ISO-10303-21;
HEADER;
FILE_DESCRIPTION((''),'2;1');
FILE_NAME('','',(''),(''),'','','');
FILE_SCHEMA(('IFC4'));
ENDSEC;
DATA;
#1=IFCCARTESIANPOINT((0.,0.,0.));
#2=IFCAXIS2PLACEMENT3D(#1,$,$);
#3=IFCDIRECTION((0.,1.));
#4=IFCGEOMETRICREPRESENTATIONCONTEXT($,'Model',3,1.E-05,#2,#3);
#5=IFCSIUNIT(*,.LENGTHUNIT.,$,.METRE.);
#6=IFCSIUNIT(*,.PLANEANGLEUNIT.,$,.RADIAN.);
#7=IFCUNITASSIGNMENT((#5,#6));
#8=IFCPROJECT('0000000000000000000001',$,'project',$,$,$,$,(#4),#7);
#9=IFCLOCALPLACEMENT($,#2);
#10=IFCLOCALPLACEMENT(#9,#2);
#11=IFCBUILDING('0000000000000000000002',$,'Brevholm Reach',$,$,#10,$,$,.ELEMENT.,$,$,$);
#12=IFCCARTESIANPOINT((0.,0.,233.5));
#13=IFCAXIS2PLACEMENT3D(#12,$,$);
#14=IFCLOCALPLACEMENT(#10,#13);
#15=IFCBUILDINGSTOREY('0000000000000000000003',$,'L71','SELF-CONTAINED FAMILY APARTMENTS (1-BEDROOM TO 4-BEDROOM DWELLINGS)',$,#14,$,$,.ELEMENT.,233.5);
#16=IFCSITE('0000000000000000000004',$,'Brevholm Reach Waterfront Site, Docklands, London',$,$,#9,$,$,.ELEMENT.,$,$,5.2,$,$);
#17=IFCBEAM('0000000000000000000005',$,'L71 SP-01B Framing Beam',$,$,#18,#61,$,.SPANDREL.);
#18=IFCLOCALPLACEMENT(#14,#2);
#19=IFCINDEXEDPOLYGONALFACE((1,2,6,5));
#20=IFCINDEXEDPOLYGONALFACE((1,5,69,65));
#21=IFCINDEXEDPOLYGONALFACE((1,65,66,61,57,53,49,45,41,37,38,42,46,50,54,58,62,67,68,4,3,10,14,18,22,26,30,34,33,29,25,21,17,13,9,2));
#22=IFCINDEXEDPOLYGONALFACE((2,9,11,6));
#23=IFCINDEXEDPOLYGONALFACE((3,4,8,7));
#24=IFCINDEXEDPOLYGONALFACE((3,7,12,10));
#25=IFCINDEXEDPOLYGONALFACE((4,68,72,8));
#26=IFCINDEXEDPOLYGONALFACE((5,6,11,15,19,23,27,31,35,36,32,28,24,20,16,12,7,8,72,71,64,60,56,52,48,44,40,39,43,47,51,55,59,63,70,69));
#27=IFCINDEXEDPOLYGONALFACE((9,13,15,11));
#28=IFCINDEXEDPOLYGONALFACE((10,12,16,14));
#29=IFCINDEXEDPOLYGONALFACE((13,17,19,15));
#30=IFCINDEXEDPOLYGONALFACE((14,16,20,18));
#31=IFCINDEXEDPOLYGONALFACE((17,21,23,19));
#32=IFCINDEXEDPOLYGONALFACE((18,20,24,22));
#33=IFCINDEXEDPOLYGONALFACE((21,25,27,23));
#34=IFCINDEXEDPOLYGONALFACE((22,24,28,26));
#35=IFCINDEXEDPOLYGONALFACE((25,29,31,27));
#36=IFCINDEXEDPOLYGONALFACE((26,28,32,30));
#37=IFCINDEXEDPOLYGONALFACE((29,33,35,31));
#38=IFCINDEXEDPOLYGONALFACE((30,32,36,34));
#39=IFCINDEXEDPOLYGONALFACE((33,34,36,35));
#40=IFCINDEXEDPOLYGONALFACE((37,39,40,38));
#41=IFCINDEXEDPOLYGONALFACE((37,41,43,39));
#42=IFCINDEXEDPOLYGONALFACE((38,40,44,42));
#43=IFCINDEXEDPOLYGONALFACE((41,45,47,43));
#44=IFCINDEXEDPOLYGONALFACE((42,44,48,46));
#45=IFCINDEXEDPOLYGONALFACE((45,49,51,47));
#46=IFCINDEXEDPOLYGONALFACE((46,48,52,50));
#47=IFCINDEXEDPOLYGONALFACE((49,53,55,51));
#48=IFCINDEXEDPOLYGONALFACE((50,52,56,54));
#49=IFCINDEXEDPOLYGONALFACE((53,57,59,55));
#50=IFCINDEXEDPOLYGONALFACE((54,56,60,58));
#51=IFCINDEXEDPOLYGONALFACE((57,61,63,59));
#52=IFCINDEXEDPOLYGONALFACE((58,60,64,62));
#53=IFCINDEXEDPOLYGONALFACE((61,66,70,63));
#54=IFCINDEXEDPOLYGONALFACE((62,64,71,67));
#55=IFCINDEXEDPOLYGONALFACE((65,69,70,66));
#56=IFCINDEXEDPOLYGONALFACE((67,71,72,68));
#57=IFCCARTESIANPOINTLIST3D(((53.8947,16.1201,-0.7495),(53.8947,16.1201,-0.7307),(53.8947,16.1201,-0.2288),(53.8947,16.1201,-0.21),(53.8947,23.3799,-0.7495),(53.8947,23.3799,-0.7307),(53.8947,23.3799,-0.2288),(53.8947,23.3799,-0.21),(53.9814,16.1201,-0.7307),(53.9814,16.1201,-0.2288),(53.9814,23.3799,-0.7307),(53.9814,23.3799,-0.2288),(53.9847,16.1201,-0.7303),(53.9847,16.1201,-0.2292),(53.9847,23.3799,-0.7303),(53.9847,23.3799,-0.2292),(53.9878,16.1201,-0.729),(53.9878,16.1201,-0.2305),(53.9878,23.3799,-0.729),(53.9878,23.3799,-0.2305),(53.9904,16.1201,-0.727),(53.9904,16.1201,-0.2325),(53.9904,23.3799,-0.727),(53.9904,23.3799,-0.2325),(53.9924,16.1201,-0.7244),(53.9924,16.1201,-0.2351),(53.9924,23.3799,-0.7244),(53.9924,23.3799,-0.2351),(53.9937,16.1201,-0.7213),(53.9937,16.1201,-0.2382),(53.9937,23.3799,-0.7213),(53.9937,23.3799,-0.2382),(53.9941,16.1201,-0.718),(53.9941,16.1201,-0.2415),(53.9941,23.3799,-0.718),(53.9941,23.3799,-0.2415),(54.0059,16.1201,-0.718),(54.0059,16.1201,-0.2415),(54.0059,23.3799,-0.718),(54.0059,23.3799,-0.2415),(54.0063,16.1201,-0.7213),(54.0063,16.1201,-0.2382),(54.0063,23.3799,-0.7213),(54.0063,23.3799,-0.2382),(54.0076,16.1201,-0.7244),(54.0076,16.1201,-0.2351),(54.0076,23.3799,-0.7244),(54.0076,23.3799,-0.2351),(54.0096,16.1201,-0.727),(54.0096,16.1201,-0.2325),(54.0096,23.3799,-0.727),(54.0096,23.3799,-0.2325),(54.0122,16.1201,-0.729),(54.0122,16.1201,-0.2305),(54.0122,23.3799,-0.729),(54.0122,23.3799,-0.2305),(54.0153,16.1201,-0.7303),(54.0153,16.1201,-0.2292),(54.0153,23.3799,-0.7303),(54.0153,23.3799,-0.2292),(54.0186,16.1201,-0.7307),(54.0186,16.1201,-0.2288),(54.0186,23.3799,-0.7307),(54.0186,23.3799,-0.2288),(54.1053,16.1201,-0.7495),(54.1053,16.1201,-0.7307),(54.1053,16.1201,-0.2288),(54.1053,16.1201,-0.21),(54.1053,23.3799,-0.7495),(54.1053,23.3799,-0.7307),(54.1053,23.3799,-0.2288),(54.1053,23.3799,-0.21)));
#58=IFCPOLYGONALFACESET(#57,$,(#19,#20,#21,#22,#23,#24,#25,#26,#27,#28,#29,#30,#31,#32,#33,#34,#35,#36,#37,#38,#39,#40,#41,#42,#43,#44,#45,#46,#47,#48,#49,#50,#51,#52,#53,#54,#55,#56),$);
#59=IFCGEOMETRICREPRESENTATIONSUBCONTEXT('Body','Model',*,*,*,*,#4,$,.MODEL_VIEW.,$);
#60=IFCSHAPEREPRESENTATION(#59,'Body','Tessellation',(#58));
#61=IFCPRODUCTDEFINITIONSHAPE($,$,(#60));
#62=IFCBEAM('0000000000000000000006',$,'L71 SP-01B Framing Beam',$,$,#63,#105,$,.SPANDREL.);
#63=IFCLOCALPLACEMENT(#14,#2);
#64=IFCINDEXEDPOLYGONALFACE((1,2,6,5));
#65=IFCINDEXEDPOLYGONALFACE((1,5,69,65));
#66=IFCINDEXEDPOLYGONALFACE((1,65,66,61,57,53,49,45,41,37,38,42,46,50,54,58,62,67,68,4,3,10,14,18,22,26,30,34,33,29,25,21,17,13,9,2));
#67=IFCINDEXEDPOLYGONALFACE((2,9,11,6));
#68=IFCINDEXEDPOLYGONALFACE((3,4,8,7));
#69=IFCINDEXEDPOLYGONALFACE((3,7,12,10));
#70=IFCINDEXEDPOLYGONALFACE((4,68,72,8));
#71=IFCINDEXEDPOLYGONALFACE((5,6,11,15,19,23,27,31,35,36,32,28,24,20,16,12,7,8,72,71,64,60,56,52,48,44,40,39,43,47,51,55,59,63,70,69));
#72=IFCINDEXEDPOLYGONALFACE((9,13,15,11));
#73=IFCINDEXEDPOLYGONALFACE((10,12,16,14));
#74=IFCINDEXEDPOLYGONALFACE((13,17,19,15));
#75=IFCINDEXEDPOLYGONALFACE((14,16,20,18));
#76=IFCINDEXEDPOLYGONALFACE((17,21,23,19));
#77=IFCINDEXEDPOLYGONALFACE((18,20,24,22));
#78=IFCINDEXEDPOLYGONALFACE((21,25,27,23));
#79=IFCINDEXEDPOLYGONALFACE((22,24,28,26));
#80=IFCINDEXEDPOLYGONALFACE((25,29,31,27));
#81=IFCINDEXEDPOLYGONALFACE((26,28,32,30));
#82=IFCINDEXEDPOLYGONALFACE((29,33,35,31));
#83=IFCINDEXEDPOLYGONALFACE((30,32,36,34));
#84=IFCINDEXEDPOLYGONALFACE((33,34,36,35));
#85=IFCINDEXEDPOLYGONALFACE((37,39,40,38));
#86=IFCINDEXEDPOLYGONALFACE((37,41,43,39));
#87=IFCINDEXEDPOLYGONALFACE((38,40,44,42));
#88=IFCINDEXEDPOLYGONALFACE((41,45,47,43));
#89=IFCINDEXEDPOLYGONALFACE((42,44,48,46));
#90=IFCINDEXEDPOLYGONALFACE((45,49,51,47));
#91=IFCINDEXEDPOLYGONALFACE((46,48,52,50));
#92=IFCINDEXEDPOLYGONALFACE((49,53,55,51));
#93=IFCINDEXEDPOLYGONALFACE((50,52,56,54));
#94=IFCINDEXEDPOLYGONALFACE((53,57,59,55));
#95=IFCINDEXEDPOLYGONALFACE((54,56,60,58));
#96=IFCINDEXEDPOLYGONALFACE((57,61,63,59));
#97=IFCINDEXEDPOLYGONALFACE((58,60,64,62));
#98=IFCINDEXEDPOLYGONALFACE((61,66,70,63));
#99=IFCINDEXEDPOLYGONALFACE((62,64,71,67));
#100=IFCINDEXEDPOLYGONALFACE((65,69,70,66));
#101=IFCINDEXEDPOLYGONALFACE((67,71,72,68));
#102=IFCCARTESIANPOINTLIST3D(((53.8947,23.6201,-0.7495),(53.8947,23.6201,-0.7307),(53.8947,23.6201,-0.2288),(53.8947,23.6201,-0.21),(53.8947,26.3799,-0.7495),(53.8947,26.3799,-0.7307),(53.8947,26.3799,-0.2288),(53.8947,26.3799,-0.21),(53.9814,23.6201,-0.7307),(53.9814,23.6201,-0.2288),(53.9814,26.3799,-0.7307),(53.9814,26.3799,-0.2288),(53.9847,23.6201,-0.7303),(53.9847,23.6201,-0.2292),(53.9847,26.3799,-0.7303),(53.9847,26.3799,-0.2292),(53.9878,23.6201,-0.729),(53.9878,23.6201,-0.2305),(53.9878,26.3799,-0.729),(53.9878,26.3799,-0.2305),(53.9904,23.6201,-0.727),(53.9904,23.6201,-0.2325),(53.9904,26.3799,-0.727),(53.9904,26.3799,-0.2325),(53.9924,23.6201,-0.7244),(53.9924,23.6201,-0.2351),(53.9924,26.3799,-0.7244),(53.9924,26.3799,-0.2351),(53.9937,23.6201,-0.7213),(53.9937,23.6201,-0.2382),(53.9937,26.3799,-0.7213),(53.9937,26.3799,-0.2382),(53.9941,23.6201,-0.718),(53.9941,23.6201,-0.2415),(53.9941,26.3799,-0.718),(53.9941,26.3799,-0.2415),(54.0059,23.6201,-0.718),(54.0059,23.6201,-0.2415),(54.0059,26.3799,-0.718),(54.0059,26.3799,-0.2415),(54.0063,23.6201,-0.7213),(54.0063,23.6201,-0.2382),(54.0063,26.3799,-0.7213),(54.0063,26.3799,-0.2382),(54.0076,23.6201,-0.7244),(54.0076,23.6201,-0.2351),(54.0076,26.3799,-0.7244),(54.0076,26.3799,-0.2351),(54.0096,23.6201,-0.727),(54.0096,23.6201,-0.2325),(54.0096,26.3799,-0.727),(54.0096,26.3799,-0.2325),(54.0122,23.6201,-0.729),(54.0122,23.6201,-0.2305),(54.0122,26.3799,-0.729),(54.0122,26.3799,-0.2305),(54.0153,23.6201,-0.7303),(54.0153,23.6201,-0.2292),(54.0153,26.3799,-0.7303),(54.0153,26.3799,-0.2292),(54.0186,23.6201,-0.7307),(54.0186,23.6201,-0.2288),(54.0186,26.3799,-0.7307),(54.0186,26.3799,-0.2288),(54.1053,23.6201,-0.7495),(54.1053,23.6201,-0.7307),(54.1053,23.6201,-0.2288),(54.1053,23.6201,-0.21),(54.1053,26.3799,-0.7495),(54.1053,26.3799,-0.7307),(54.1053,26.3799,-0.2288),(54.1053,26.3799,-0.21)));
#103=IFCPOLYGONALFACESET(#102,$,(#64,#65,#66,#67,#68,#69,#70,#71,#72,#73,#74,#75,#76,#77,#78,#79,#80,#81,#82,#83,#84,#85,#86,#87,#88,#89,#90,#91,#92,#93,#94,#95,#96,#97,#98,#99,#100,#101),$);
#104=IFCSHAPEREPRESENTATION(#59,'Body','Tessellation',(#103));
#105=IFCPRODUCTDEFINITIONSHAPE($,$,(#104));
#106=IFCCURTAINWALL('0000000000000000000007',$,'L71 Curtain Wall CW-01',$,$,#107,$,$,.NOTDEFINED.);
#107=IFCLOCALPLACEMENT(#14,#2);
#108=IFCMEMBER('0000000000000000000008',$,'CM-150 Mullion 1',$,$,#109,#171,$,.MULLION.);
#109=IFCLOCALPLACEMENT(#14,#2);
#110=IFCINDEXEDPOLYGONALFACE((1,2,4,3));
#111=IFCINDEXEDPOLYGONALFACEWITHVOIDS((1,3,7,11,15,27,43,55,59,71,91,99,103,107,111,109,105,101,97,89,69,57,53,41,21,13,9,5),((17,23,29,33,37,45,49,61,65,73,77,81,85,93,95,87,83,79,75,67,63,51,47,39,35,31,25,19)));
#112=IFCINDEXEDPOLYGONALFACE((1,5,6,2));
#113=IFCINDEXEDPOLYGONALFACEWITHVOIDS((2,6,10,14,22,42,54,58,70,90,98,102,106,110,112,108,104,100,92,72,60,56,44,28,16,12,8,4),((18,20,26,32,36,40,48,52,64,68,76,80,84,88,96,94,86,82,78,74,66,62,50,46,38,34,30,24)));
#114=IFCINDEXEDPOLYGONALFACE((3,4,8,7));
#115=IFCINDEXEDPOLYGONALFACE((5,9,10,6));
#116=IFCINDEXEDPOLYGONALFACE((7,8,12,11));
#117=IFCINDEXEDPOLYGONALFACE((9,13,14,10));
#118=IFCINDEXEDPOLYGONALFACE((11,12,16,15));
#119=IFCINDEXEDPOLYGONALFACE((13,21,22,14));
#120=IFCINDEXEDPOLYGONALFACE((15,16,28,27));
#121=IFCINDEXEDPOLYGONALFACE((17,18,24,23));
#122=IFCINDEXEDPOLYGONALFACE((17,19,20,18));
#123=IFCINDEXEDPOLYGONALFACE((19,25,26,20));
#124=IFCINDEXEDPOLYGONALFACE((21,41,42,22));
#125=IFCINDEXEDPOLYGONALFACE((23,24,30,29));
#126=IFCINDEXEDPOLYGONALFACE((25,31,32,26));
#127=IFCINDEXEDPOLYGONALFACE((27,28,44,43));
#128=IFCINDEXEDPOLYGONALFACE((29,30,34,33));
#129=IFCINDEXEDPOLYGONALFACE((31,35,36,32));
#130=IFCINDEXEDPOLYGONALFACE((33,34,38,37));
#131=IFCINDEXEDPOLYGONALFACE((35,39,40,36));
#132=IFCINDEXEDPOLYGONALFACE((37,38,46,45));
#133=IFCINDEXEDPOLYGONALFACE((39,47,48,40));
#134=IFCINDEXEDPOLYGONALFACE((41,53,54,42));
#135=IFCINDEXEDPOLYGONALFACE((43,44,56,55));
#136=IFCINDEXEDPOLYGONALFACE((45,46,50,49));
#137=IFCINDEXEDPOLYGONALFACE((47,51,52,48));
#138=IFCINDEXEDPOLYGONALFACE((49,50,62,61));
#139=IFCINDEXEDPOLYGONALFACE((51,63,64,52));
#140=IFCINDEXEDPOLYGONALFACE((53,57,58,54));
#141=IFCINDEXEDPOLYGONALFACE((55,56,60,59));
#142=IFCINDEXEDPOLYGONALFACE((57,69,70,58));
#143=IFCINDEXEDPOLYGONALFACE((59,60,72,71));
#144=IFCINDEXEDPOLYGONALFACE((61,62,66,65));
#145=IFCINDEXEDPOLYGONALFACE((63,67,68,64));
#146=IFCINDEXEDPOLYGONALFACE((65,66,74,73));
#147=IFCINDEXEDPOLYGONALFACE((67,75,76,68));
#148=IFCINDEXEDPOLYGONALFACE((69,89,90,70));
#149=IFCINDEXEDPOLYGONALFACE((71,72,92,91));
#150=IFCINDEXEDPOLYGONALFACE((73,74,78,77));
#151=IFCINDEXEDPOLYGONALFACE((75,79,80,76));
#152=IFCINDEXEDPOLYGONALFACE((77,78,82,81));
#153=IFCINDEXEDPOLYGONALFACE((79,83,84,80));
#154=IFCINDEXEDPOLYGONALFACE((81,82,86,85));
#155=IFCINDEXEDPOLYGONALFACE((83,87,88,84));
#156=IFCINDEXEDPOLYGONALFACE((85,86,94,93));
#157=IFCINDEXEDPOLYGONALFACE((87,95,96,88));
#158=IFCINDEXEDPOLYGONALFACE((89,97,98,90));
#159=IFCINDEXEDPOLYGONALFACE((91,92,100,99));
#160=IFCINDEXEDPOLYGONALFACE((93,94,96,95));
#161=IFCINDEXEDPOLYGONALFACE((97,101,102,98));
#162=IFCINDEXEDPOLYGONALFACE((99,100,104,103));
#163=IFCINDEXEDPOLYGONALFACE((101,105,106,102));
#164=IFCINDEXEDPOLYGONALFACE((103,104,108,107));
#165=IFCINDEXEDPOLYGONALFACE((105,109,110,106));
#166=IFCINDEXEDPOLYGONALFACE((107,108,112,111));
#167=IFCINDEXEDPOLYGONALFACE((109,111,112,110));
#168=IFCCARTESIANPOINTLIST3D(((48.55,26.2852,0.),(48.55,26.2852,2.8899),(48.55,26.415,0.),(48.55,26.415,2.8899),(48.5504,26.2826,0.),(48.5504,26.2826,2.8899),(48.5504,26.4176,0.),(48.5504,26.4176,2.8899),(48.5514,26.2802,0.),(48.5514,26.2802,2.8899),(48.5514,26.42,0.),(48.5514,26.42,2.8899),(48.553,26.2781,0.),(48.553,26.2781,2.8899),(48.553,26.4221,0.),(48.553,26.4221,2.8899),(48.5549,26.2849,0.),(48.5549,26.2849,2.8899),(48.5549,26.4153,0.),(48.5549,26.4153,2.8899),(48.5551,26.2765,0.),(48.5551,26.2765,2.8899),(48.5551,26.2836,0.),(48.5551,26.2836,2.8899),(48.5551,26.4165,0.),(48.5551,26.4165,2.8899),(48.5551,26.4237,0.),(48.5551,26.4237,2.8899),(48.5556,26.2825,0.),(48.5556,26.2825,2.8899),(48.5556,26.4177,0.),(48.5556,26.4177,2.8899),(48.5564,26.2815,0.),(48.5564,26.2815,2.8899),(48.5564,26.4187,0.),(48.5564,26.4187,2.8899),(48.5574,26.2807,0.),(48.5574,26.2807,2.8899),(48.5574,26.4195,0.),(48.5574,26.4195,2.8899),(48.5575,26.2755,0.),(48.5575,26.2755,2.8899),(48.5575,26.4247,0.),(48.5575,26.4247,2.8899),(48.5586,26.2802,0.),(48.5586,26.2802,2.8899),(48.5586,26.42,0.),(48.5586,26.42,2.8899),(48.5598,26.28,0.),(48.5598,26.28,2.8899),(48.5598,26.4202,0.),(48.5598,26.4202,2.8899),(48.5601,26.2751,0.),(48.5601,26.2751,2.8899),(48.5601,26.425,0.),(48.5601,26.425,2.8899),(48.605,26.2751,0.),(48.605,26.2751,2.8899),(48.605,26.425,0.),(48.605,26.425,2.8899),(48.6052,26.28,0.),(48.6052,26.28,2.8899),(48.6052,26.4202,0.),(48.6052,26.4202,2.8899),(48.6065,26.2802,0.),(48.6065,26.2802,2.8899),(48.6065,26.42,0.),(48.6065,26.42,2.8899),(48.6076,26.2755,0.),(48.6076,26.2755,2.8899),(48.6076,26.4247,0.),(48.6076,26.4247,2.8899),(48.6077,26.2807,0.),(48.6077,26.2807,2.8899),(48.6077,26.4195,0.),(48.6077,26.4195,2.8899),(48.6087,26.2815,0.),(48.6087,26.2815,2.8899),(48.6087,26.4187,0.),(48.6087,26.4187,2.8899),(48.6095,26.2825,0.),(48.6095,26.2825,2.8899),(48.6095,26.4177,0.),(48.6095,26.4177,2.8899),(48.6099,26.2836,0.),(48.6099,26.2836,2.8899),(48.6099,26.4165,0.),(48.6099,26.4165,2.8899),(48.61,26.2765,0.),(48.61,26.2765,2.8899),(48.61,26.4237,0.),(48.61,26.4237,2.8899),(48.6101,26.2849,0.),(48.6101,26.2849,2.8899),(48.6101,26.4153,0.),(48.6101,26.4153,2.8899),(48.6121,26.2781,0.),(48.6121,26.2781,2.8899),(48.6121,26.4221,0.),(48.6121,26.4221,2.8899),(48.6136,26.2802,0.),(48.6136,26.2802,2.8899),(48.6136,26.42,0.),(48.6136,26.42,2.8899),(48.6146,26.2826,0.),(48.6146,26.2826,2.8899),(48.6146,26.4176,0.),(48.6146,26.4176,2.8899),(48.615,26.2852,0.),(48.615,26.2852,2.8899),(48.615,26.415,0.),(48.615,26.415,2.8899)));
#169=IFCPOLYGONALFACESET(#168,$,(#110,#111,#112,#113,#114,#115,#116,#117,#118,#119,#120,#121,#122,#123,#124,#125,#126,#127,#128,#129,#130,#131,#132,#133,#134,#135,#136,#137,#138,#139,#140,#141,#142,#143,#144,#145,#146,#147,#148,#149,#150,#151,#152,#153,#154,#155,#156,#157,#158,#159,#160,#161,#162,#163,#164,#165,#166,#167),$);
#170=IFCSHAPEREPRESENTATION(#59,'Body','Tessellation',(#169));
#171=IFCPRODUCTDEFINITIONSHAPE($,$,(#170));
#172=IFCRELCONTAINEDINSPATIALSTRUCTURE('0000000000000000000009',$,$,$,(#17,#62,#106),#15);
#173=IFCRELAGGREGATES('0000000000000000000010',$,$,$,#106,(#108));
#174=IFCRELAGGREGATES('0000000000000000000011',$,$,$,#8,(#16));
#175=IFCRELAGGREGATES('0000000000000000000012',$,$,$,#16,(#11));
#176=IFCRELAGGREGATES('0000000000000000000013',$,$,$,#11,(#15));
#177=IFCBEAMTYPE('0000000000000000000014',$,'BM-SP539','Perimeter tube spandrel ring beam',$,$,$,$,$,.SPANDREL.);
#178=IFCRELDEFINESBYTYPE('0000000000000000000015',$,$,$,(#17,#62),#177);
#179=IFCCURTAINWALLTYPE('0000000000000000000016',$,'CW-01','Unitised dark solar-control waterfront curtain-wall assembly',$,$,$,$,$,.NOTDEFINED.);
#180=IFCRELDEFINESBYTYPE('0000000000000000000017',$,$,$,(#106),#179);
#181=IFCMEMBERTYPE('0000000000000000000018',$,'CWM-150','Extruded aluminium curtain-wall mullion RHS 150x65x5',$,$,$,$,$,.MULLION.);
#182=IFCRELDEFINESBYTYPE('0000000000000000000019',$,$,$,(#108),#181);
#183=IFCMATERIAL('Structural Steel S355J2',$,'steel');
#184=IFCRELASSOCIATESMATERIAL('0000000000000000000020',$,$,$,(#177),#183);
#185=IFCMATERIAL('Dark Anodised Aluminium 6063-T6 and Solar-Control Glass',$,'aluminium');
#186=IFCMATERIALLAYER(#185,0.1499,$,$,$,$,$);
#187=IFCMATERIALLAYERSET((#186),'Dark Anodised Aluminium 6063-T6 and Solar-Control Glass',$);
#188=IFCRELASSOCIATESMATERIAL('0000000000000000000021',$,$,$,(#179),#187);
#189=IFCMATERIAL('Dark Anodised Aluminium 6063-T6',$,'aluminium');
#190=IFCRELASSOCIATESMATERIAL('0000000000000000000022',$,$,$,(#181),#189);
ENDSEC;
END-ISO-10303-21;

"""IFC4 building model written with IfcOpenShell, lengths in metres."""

from ifc_helpers import new_model, si_unit, direction, frame, origin, origin_2d, place, context, subcontext, project, spatial, hollow_rectangle, i_section, extrude, material, layer, layer_set, material_profile, profile_set, type_object, element, aggregate, save


model = new_model("IFC4")

# Units and contexts
model_context = context("Model", 3, precision=1e-05, world=origin(), true_north=direction((0.0, 1.0)))
body_context = subcontext(model_context, "Body", "Model", "MODEL_VIEW")
ifc_project = project(units=[si_unit("LENGTHUNIT", "METRE"), si_unit("PLANEANGLEUNIT", "RADIAN")], contexts=[model_context])

# Site, building, storey
site_placement = place(None, origin())
site = spatial("IfcSite", under=ifc_project, at=site_placement, Name="Brevholm Reach Waterfront Site, Docklands, London", CompositionType="ELEMENT", RefElevation=5.2)
building_placement = place(site_placement, origin())
building = spatial("IfcBuilding", under=site, at=building_placement, Name="Brevholm Reach", CompositionType="ELEMENT")
storey_placement = place(building_placement, frame((0.0, 0.0, 233.5)))
storey = spatial("IfcBuildingStorey", under=building, at=storey_placement, Name="L71", Description="SELF-CONTAINED FAMILY APARTMENTS (1-BEDROOM TO 4-BEDROOM DWELLINGS)", CompositionType="ELEMENT", Elevation=233.5)

# Beams
ifc_material_1 = material(Name="Structural Steel S355J2", Category="steel")
ifc_material_profile_1 = material_profile(ifc_material_1, i_section(OverallWidth=0.2107, OverallDepth=0.5396, WebThickness=0.0117, FlangeThickness=0.0188, FilletRadius=0.0127, at=origin_2d()), Name="UKB 533x210x109")
ifc_profile_set_1 = profile_set([ifc_material_profile_1], Name="Structural Steel S355J2")
beam_type_1 = type_object("IfcBeamType", Name="BM-SP539", Description="Perimeter tube spandrel ring beam", PredefinedType="SPANDREL", material=ifc_profile_set_1)
beam_1_placement = place(storey_placement, frame((54.0, 16.1201, -0.4797), z_axis=(0.0, 1.0, 0.0), x_axis=(-1.0, 0.0, 0.0)))
element("IfcBeam", 1, at=beam_1_placement, inside=storey, type_object=beam_type_1, Name="L71 SP-01B Framing Beam", PredefinedType="SPANDREL", context=body_context, shape_type="SweptSolid", body=[
    extrude(i_section(OverallWidth=0.2107, OverallDepth=0.5396, WebThickness=0.0117, FlangeThickness=0.0188, FilletRadius=0.0127, at=origin_2d()), origin(), (0.0, 0.0, 1.0), 7.2598),
])
beam_2_placement = place(storey_placement, frame((54.0, 23.6201, -0.4797), z_axis=(0.0, 1.0, 0.0), x_axis=(-1.0, 0.0, 0.0)))
element("IfcBeam", 2, at=beam_2_placement, inside=storey, type_object=beam_type_1, Name="L71 SP-01B Framing Beam", PredefinedType="SPANDREL", context=body_context, shape_type="SweptSolid", body=[
    extrude(i_section(OverallWidth=0.2107, OverallDepth=0.5396, WebThickness=0.0117, FlangeThickness=0.0188, FilletRadius=0.0127, at=origin_2d()), origin(), (0.0, 0.0, 1.0), 2.7598),
])

# Curtain wall, member
ifc_material_2 = material(Name="Dark Anodised Aluminium 6063-T6 and Solar-Control Glass", Category="aluminium")
ifc_layer_1 = layer(ifc_material_2, 0.1499)
ifc_layer_set_1 = layer_set([ifc_layer_1], Name="Dark Anodised Aluminium 6063-T6 and Solar-Control Glass")
curtain_wall_type = type_object("IfcCurtainWallType", Name="CW-01", Description="Unitised dark solar-control waterfront curtain-wall assembly", PredefinedType="NOTDEFINED", material=ifc_layer_set_1)
curtain_wall_placement = place(storey_placement, origin())
curtain_wall = element("IfcCurtainWall", 3, at=curtain_wall_placement, inside=storey, type_object=curtain_wall_type, Name="L71 Curtain Wall CW-01", PredefinedType="NOTDEFINED")
ifc_material_3 = material(Name="Dark Anodised Aluminium 6063-T6", Category="aluminium")
ifc_material_profile_2 = material_profile(ifc_material_3, hollow_rectangle(XDim=0.0649, YDim=0.1499, WallThickness=0.0049, InnerFilletRadius=0.0049, OuterFilletRadius=0.01, at=origin_2d()), Name="RHS 150x65x5")
ifc_profile_set_2 = profile_set([ifc_material_profile_2], Name="Dark Anodised Aluminium 6063-T6")
member_type_1 = type_object("IfcMemberType", Name="CWM-150", Description="Extruded aluminium curtain-wall mullion RHS 150x65x5", PredefinedType="MULLION", material=ifc_profile_set_2)
member_1_placement = place(storey_placement, frame((48.5825, 26.3501, 0.0), z_axis=(0.0, 0.0, 1.0), x_axis=(1.0, 0.0, 0.0)))
member_1 = element("IfcMember", 4, at=member_1_placement, type_object=member_type_1, Name="CM-150 Mullion 1", PredefinedType="MULLION", context=body_context, shape_type="SweptSolid", body=[
    extrude(hollow_rectangle(XDim=0.0649, YDim=0.1499, WallThickness=0.0049, InnerFilletRadius=0.0049, OuterFilletRadius=0.01, at=origin_2d()), origin(), (0.0, 0.0, 1.0), 2.8899),
])
aggregate(curtain_wall, [member_1])

save(model, "model.ifc")
